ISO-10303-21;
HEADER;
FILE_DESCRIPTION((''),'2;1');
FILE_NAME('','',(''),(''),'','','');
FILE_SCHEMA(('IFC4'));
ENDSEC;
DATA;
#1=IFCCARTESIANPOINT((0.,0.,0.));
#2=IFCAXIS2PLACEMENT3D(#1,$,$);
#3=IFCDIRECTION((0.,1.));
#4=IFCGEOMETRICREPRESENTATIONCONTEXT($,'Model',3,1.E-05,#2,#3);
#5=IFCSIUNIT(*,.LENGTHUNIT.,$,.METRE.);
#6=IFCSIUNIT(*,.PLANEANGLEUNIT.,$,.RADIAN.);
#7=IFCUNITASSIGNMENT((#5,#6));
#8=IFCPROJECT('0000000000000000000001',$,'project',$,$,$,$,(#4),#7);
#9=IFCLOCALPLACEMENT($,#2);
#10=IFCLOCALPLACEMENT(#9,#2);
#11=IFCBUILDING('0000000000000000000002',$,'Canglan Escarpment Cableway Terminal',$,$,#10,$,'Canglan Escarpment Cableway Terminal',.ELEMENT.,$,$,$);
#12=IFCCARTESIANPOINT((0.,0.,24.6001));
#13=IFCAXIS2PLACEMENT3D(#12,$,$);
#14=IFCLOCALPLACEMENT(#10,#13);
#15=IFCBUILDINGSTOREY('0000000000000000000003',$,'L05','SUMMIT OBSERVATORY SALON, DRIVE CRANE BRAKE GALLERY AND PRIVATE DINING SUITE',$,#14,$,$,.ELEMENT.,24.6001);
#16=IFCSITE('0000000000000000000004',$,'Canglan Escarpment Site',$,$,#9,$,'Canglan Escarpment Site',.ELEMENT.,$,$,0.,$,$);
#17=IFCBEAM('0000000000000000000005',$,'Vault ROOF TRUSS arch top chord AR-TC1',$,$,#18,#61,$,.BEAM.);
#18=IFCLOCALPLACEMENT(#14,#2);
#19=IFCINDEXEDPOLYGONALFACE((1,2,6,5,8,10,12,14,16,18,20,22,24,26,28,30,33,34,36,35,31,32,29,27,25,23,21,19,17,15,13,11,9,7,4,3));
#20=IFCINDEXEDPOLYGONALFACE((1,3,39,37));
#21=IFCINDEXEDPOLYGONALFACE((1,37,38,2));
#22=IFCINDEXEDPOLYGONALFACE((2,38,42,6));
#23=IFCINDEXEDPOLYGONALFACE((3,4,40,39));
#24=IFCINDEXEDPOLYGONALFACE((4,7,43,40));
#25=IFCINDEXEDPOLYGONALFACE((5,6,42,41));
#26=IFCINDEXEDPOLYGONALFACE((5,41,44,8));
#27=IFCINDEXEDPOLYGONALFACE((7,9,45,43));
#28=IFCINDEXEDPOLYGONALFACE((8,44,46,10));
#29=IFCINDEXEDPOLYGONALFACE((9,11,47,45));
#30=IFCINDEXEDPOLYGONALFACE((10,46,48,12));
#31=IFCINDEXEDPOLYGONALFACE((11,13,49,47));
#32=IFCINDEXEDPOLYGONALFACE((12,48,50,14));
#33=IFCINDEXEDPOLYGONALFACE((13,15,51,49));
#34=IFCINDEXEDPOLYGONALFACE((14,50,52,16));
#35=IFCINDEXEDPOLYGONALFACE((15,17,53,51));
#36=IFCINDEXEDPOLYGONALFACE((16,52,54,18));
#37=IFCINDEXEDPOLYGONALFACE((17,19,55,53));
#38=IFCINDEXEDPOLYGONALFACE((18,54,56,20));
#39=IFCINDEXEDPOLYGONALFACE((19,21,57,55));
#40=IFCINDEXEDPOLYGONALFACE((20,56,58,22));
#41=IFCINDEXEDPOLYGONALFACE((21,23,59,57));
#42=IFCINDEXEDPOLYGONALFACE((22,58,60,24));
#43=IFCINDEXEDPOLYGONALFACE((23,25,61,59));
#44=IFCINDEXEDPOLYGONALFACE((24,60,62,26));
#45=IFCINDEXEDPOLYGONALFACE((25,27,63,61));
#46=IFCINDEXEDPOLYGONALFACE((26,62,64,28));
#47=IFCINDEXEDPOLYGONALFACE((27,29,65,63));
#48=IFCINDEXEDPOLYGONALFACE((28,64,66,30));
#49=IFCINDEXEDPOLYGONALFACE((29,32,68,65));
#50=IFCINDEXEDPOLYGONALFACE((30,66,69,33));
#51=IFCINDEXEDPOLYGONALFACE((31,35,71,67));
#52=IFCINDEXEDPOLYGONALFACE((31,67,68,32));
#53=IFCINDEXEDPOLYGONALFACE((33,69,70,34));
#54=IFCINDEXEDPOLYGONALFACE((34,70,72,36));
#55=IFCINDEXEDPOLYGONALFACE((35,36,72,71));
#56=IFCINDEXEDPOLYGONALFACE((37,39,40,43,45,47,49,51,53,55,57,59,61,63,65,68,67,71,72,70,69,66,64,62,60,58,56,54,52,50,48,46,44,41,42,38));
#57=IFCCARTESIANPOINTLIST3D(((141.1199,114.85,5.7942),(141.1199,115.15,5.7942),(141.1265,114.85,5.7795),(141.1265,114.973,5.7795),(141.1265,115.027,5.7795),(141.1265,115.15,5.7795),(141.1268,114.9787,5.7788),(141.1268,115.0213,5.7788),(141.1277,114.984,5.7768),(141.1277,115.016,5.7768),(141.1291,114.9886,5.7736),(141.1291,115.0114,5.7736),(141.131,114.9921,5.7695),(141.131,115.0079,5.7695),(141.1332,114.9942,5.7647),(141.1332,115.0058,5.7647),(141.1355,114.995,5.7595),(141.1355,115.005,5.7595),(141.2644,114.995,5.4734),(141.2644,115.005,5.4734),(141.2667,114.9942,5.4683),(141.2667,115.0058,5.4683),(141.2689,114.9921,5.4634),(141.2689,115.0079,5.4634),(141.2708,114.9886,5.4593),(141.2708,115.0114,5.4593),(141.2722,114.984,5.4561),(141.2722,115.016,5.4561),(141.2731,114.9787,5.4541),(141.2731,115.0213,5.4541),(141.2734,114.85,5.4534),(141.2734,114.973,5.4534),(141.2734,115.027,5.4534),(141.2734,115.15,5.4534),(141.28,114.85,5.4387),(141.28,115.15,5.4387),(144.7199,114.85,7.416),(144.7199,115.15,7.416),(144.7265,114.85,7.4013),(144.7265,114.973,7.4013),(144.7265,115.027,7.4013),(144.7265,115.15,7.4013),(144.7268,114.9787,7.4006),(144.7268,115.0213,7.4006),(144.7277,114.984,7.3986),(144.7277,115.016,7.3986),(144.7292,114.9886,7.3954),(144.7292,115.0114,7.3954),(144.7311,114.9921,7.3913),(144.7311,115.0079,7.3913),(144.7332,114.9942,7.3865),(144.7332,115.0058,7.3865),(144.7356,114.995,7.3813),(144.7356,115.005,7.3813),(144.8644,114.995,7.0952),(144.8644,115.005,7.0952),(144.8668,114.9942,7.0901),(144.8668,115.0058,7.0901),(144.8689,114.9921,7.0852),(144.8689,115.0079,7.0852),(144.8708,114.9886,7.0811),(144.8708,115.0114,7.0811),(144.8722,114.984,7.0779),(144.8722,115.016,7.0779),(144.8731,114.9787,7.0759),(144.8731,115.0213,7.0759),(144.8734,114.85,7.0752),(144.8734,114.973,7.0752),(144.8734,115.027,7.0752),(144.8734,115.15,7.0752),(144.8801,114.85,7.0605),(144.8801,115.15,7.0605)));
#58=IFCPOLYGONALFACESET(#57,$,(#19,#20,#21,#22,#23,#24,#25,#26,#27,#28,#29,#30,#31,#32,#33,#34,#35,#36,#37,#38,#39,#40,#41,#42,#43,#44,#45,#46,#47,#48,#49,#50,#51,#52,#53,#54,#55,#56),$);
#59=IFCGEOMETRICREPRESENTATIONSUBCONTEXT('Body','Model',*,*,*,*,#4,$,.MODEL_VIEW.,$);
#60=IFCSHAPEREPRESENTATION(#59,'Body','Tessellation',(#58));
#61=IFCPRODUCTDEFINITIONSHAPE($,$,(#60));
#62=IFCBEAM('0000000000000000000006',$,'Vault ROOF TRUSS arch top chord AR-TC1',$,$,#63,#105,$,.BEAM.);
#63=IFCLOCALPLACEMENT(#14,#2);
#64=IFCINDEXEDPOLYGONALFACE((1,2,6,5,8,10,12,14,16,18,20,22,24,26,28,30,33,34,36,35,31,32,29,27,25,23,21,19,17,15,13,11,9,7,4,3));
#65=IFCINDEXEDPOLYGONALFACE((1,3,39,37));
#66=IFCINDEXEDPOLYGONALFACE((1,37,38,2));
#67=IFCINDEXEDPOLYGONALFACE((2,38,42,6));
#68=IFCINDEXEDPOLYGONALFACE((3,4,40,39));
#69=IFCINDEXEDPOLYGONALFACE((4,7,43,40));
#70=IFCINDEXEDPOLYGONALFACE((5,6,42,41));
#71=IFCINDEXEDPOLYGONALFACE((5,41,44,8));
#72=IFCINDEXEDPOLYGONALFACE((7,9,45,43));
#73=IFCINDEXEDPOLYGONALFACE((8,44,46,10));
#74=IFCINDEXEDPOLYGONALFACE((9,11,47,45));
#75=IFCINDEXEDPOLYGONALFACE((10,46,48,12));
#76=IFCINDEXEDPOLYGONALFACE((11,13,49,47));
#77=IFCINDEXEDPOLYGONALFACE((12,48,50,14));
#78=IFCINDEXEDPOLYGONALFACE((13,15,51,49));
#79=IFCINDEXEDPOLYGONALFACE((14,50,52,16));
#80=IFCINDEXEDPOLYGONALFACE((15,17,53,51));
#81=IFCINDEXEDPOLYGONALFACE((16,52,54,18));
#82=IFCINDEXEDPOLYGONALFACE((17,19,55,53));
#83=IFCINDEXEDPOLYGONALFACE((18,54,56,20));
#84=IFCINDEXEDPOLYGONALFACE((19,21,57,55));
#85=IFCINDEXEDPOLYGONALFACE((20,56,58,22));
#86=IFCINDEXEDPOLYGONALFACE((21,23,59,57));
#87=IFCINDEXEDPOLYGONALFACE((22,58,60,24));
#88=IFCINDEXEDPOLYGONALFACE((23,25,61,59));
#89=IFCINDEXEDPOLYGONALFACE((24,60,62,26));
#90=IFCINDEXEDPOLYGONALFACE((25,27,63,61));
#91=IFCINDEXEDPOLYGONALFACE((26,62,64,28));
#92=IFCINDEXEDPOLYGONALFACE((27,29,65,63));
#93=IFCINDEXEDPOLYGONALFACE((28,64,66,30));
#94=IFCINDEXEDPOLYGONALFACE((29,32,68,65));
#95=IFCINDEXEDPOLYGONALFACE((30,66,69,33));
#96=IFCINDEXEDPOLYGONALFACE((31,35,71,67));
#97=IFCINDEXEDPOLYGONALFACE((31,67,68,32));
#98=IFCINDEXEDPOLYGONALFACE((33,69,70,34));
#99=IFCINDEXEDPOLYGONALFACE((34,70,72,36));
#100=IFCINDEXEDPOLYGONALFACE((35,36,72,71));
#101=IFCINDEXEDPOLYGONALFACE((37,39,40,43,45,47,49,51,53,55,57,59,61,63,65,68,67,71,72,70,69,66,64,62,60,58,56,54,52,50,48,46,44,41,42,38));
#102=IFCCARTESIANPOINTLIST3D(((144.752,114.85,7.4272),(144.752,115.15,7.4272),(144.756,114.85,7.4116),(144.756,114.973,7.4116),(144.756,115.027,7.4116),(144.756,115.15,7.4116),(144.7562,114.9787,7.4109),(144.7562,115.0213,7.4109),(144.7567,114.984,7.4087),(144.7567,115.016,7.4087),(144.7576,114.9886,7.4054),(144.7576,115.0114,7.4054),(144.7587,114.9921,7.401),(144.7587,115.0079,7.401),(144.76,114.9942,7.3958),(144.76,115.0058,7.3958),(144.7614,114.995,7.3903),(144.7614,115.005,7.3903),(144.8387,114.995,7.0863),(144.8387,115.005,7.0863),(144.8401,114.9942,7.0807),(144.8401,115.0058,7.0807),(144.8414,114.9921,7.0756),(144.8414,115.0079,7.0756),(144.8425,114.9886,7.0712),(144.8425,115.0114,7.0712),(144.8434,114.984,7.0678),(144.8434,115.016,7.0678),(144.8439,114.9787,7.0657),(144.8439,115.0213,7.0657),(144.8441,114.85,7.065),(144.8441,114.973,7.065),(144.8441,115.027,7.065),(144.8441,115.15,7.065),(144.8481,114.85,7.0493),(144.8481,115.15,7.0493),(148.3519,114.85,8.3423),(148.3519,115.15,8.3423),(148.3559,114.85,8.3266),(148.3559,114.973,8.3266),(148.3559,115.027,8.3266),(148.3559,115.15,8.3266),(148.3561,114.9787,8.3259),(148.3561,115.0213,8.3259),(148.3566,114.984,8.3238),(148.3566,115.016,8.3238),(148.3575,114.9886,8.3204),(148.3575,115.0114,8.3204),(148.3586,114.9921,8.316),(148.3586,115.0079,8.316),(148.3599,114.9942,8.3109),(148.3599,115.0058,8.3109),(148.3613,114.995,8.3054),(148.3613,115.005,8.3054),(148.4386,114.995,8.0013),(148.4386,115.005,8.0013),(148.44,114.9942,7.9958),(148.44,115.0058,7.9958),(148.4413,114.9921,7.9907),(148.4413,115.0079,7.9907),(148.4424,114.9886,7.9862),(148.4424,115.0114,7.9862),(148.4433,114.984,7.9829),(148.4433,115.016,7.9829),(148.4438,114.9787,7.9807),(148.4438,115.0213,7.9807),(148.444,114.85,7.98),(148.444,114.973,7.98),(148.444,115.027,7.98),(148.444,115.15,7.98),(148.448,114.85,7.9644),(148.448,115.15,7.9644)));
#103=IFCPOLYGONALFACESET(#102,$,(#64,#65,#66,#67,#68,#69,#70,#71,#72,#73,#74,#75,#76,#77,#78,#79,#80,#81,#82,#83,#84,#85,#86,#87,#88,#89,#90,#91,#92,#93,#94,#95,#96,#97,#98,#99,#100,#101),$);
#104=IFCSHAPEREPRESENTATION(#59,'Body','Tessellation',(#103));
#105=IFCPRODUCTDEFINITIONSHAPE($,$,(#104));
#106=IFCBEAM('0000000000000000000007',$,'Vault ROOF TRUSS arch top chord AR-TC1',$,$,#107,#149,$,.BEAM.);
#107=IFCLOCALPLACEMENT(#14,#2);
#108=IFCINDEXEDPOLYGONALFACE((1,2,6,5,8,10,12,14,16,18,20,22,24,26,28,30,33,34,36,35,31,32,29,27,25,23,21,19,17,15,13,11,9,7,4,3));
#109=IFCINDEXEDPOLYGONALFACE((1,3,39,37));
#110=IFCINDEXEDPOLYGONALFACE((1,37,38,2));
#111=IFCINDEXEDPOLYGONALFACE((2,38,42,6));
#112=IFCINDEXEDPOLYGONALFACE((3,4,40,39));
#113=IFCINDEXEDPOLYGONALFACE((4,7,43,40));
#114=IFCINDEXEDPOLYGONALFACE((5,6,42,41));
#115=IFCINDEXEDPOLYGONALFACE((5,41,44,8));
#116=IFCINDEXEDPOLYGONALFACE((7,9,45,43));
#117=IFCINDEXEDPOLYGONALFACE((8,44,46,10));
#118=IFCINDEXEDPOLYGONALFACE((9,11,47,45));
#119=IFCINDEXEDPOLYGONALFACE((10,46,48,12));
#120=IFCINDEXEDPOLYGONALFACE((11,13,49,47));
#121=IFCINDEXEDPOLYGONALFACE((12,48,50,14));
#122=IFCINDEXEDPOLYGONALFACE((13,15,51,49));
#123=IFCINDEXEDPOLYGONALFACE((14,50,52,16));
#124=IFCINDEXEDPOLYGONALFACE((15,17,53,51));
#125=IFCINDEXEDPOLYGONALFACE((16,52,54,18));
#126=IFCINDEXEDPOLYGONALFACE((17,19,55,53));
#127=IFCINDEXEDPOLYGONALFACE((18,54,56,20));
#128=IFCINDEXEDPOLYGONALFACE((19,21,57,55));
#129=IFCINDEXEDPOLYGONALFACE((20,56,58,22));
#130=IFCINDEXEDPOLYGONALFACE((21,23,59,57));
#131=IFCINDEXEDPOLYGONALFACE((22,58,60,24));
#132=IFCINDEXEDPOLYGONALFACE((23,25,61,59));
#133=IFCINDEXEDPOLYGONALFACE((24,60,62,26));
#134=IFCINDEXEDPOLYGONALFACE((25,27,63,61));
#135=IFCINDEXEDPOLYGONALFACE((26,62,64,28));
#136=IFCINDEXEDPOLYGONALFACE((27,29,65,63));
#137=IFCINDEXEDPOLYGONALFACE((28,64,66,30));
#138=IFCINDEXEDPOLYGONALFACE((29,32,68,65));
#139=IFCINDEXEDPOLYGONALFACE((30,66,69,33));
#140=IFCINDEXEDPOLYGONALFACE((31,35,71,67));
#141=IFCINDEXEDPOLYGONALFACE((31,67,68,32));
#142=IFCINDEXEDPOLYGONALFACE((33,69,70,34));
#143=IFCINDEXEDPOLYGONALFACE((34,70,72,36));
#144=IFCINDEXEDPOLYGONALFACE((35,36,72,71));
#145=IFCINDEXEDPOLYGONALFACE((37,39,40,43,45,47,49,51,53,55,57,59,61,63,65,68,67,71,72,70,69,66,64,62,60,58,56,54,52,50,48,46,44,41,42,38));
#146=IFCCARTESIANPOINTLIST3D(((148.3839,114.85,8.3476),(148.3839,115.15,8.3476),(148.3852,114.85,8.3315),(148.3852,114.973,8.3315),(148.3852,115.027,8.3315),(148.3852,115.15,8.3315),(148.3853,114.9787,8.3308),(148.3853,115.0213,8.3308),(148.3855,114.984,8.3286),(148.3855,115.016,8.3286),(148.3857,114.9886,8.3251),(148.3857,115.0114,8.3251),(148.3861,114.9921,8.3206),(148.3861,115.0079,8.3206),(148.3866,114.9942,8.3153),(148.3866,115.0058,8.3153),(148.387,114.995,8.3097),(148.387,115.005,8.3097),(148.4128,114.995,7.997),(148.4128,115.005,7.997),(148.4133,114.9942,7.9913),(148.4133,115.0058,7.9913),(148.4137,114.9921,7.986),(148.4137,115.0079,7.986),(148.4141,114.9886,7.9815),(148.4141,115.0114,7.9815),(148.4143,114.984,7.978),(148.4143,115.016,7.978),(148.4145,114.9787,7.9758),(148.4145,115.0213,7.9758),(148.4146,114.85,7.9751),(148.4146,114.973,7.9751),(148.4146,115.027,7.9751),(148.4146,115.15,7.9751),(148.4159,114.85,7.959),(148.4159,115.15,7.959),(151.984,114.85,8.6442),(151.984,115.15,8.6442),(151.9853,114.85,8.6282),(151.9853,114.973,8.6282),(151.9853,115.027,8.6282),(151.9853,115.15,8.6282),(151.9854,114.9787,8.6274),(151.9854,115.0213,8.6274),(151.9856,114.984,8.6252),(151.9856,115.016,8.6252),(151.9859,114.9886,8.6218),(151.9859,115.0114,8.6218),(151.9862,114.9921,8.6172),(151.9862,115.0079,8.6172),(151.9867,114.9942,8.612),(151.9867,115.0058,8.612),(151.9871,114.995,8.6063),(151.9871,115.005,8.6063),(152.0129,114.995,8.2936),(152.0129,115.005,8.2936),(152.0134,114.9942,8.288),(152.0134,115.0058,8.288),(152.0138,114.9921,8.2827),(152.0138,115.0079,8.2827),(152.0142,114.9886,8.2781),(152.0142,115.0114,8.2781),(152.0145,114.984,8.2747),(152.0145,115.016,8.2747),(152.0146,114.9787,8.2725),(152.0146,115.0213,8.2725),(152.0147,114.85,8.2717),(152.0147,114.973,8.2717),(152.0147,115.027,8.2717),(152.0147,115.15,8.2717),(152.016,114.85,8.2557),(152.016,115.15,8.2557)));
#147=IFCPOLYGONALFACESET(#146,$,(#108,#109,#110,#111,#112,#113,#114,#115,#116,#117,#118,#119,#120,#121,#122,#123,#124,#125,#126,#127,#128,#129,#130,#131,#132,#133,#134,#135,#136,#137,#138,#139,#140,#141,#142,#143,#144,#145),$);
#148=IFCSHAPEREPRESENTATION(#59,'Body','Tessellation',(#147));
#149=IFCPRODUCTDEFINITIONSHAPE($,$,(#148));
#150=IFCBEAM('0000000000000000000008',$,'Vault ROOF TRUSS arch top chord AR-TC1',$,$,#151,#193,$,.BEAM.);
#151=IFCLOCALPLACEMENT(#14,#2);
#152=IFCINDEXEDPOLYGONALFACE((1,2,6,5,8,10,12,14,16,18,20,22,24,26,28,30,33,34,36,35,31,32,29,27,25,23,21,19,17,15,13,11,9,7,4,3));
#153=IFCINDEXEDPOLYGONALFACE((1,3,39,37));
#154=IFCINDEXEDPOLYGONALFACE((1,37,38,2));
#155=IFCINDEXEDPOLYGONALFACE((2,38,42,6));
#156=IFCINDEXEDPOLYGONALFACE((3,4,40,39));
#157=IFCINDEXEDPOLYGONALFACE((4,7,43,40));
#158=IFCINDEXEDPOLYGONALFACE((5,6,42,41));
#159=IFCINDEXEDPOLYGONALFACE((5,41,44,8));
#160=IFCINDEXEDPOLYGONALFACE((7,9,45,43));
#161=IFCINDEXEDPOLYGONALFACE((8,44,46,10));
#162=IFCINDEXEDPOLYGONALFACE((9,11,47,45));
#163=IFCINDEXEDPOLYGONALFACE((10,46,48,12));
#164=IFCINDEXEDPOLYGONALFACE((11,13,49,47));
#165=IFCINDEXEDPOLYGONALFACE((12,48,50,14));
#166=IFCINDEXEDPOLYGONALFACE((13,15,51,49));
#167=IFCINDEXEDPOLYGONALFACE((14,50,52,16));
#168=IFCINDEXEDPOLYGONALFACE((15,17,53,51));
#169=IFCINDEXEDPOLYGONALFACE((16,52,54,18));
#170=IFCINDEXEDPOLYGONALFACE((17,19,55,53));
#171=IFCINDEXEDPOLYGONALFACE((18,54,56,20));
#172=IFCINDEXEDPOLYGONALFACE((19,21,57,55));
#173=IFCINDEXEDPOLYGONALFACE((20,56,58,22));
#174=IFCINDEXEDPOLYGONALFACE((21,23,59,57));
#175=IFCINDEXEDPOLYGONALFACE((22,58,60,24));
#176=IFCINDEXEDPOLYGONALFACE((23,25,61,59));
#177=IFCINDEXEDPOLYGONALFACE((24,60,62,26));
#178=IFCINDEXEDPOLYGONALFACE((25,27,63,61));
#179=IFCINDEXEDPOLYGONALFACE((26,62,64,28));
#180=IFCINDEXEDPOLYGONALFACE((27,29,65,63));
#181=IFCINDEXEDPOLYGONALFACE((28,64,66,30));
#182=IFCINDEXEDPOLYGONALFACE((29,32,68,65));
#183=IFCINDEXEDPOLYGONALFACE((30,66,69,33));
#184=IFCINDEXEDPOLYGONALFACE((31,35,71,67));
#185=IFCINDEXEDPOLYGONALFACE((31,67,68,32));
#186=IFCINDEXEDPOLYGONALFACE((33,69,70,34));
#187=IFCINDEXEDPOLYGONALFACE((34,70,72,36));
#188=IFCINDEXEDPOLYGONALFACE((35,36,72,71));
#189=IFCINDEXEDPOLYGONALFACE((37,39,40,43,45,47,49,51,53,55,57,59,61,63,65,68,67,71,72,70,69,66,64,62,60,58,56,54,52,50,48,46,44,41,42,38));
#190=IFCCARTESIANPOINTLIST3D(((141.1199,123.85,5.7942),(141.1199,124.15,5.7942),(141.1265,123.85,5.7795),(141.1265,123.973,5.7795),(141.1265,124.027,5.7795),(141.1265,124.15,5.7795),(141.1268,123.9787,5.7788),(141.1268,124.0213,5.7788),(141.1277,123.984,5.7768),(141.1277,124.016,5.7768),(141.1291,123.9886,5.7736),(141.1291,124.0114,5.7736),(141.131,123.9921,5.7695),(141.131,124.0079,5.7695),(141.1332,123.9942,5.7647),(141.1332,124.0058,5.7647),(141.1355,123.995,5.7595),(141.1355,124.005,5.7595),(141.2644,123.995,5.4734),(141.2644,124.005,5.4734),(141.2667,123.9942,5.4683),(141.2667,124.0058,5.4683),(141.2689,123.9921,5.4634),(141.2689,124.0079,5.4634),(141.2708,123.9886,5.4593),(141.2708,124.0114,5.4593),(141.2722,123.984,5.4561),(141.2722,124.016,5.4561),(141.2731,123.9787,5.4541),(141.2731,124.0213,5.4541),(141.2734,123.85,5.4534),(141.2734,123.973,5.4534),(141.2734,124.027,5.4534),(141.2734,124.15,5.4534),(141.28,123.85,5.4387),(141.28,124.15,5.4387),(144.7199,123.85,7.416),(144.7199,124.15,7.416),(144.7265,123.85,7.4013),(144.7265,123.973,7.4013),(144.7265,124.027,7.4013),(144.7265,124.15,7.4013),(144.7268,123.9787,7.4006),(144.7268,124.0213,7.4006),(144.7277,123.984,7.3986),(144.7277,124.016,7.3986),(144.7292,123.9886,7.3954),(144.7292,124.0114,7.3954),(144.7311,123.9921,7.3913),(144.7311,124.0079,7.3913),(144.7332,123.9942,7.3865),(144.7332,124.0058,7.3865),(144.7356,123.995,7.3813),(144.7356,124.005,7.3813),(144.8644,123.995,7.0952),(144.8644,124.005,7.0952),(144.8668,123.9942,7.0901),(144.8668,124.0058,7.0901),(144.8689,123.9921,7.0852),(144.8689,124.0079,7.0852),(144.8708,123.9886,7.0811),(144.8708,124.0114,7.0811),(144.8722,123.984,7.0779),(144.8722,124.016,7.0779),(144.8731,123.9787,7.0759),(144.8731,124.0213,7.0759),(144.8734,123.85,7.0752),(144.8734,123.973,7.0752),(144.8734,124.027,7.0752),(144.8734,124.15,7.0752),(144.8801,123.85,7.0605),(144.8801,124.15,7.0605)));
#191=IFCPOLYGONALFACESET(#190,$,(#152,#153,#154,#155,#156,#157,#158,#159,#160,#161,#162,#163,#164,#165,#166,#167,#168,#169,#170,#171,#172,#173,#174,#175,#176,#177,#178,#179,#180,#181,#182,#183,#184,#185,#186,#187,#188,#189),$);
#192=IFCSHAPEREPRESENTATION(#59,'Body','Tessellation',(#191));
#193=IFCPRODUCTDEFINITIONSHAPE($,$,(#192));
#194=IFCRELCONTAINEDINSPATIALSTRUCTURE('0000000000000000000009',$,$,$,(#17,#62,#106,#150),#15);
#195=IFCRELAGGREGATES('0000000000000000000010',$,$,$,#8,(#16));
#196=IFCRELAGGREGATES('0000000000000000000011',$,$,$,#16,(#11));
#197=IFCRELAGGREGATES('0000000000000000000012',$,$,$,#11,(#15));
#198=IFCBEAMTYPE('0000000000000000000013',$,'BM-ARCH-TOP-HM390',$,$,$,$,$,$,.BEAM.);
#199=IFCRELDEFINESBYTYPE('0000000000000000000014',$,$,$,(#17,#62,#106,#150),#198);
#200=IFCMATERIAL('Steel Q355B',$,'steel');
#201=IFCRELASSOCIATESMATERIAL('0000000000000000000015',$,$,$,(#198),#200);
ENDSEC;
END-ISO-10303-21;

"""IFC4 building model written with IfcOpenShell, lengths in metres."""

from ifc_helpers import new_model, si_unit, direction, frame, origin, origin_2d, place, context, subcontext, project, spatial, i_section, extrude, material, material_profile, profile_set, type_object, element, save


model = new_model("IFC4")

# Units and contexts
model_context = context("Model", 3, precision=1e-05, world=origin(), true_north=direction((0.0, 1.0)))
body_context = subcontext(model_context, "Body", "Model", "MODEL_VIEW")
ifc_project = project(units=[si_unit("LENGTHUNIT", "METRE"), si_unit("PLANEANGLEUNIT", "RADIAN")], contexts=[model_context])

# Site, building, storey
site_placement = place(None, origin())
site = spatial("IfcSite", under=ifc_project, at=site_placement, Name="Canglan Escarpment Site", LongName="Canglan Escarpment Site", CompositionType="ELEMENT", RefElevation=0.0)
building_placement = place(site_placement, origin())
building = spatial("IfcBuilding", under=site, at=building_placement, Name="Canglan Escarpment Cableway Terminal", LongName="Canglan Escarpment Cableway Terminal", CompositionType="ELEMENT")
storey_placement = place(building_placement, frame((0.0, 0.0, 24.6001)))
storey = spatial("IfcBuildingStorey", under=building, at=storey_placement, Name="L05", Description="SUMMIT OBSERVATORY SALON, DRIVE CRANE BRAKE GALLERY AND PRIVATE DINING SUITE", CompositionType="ELEMENT", Elevation=24.6001)

# Beams
ifc_material_1 = material(Name="Steel Q355B", Category="steel")
ifc_material_profile_1 = material_profile(ifc_material_1, i_section(OverallWidth=0.3, OverallDepth=0.3899, WebThickness=0.01, FlangeThickness=0.0161, FilletRadius=0.022, at=origin_2d()), Name="HM 390x300x10x16")
ifc_profile_set_1 = profile_set([ifc_material_profile_1], Name="Steel Q355B")
beam_type = type_object("IfcBeamType", Name="BM-ARCH-TOP-HM390", PredefinedType="BEAM", material=ifc_profile_set_1)
beam_1_placement = place(storey_placement, frame((141.2, 115.0, 5.6165), z_axis=(0.911753, 0.0, 0.41074), x_axis=(0.0, 1.0, 0.0)))
element("IfcBeam", 1, at=beam_1_placement, inside=storey, type_object=beam_type, Name="Vault ROOF TRUSS arch top chord AR-TC1", PredefinedType="BEAM", context=body_context, shape_type="SweptSolid", body=[
    extrude(i_section(OverallWidth=0.3, OverallDepth=0.3899, WebThickness=0.01, FlangeThickness=0.0161, FilletRadius=0.022, at=origin_2d()), origin(), (0.0, 0.0, 1.0), 3.9485),
])
beam_2_placement = place(storey_placement, frame((144.8, 115.0, 7.2383), z_axis=(0.96918, 0.0, 0.246354), x_axis=(0.0, 1.0, 0.0)))
element("IfcBeam", 2, at=beam_2_placement, inside=storey, type_object=beam_type, Name="Vault ROOF TRUSS arch top chord AR-TC1", PredefinedType="BEAM", context=body_context, shape_type="SweptSolid", body=[
    extrude(i_section(OverallWidth=0.3, OverallDepth=0.3899, WebThickness=0.01, FlangeThickness=0.0161, FilletRadius=0.022, at=origin_2d()), origin(), (0.0, 0.0, 1.0), 3.7144),
])
beam_3_placement = place(storey_placement, frame((148.3999, 115.0, 8.1533), z_axis=(0.996623, 0.0, 0.082117), x_axis=(0.0, 1.0, 0.0)))
element("IfcBeam", 3, at=beam_3_placement, inside=storey, type_object=beam_type, Name="Vault ROOF TRUSS arch top chord AR-TC1", PredefinedType="BEAM", context=body_context, shape_type="SweptSolid", body=[
    extrude(i_section(OverallWidth=0.3, OverallDepth=0.3899, WebThickness=0.01, FlangeThickness=0.0161, FilletRadius=0.022, at=origin_2d()), origin(), (0.0, 0.0, 1.0), 3.6123),
])
beam_4_placement = place(storey_placement, frame((141.2, 124.0, 5.6165), z_axis=(0.911753, 0.0, 0.41074), x_axis=(0.0, 1.0, 0.0)))
element("IfcBeam", 4, at=beam_4_placement, inside=storey, type_object=beam_type, Name="Vault ROOF TRUSS arch top chord AR-TC1", PredefinedType="BEAM", context=body_context, shape_type="SweptSolid", body=[
    extrude(i_section(OverallWidth=0.3, OverallDepth=0.3899, WebThickness=0.01, FlangeThickness=0.0161, FilletRadius=0.022, at=origin_2d()), origin(), (0.0, 0.0, 1.0), 3.9485),
])

save(model, "model.ifc")
